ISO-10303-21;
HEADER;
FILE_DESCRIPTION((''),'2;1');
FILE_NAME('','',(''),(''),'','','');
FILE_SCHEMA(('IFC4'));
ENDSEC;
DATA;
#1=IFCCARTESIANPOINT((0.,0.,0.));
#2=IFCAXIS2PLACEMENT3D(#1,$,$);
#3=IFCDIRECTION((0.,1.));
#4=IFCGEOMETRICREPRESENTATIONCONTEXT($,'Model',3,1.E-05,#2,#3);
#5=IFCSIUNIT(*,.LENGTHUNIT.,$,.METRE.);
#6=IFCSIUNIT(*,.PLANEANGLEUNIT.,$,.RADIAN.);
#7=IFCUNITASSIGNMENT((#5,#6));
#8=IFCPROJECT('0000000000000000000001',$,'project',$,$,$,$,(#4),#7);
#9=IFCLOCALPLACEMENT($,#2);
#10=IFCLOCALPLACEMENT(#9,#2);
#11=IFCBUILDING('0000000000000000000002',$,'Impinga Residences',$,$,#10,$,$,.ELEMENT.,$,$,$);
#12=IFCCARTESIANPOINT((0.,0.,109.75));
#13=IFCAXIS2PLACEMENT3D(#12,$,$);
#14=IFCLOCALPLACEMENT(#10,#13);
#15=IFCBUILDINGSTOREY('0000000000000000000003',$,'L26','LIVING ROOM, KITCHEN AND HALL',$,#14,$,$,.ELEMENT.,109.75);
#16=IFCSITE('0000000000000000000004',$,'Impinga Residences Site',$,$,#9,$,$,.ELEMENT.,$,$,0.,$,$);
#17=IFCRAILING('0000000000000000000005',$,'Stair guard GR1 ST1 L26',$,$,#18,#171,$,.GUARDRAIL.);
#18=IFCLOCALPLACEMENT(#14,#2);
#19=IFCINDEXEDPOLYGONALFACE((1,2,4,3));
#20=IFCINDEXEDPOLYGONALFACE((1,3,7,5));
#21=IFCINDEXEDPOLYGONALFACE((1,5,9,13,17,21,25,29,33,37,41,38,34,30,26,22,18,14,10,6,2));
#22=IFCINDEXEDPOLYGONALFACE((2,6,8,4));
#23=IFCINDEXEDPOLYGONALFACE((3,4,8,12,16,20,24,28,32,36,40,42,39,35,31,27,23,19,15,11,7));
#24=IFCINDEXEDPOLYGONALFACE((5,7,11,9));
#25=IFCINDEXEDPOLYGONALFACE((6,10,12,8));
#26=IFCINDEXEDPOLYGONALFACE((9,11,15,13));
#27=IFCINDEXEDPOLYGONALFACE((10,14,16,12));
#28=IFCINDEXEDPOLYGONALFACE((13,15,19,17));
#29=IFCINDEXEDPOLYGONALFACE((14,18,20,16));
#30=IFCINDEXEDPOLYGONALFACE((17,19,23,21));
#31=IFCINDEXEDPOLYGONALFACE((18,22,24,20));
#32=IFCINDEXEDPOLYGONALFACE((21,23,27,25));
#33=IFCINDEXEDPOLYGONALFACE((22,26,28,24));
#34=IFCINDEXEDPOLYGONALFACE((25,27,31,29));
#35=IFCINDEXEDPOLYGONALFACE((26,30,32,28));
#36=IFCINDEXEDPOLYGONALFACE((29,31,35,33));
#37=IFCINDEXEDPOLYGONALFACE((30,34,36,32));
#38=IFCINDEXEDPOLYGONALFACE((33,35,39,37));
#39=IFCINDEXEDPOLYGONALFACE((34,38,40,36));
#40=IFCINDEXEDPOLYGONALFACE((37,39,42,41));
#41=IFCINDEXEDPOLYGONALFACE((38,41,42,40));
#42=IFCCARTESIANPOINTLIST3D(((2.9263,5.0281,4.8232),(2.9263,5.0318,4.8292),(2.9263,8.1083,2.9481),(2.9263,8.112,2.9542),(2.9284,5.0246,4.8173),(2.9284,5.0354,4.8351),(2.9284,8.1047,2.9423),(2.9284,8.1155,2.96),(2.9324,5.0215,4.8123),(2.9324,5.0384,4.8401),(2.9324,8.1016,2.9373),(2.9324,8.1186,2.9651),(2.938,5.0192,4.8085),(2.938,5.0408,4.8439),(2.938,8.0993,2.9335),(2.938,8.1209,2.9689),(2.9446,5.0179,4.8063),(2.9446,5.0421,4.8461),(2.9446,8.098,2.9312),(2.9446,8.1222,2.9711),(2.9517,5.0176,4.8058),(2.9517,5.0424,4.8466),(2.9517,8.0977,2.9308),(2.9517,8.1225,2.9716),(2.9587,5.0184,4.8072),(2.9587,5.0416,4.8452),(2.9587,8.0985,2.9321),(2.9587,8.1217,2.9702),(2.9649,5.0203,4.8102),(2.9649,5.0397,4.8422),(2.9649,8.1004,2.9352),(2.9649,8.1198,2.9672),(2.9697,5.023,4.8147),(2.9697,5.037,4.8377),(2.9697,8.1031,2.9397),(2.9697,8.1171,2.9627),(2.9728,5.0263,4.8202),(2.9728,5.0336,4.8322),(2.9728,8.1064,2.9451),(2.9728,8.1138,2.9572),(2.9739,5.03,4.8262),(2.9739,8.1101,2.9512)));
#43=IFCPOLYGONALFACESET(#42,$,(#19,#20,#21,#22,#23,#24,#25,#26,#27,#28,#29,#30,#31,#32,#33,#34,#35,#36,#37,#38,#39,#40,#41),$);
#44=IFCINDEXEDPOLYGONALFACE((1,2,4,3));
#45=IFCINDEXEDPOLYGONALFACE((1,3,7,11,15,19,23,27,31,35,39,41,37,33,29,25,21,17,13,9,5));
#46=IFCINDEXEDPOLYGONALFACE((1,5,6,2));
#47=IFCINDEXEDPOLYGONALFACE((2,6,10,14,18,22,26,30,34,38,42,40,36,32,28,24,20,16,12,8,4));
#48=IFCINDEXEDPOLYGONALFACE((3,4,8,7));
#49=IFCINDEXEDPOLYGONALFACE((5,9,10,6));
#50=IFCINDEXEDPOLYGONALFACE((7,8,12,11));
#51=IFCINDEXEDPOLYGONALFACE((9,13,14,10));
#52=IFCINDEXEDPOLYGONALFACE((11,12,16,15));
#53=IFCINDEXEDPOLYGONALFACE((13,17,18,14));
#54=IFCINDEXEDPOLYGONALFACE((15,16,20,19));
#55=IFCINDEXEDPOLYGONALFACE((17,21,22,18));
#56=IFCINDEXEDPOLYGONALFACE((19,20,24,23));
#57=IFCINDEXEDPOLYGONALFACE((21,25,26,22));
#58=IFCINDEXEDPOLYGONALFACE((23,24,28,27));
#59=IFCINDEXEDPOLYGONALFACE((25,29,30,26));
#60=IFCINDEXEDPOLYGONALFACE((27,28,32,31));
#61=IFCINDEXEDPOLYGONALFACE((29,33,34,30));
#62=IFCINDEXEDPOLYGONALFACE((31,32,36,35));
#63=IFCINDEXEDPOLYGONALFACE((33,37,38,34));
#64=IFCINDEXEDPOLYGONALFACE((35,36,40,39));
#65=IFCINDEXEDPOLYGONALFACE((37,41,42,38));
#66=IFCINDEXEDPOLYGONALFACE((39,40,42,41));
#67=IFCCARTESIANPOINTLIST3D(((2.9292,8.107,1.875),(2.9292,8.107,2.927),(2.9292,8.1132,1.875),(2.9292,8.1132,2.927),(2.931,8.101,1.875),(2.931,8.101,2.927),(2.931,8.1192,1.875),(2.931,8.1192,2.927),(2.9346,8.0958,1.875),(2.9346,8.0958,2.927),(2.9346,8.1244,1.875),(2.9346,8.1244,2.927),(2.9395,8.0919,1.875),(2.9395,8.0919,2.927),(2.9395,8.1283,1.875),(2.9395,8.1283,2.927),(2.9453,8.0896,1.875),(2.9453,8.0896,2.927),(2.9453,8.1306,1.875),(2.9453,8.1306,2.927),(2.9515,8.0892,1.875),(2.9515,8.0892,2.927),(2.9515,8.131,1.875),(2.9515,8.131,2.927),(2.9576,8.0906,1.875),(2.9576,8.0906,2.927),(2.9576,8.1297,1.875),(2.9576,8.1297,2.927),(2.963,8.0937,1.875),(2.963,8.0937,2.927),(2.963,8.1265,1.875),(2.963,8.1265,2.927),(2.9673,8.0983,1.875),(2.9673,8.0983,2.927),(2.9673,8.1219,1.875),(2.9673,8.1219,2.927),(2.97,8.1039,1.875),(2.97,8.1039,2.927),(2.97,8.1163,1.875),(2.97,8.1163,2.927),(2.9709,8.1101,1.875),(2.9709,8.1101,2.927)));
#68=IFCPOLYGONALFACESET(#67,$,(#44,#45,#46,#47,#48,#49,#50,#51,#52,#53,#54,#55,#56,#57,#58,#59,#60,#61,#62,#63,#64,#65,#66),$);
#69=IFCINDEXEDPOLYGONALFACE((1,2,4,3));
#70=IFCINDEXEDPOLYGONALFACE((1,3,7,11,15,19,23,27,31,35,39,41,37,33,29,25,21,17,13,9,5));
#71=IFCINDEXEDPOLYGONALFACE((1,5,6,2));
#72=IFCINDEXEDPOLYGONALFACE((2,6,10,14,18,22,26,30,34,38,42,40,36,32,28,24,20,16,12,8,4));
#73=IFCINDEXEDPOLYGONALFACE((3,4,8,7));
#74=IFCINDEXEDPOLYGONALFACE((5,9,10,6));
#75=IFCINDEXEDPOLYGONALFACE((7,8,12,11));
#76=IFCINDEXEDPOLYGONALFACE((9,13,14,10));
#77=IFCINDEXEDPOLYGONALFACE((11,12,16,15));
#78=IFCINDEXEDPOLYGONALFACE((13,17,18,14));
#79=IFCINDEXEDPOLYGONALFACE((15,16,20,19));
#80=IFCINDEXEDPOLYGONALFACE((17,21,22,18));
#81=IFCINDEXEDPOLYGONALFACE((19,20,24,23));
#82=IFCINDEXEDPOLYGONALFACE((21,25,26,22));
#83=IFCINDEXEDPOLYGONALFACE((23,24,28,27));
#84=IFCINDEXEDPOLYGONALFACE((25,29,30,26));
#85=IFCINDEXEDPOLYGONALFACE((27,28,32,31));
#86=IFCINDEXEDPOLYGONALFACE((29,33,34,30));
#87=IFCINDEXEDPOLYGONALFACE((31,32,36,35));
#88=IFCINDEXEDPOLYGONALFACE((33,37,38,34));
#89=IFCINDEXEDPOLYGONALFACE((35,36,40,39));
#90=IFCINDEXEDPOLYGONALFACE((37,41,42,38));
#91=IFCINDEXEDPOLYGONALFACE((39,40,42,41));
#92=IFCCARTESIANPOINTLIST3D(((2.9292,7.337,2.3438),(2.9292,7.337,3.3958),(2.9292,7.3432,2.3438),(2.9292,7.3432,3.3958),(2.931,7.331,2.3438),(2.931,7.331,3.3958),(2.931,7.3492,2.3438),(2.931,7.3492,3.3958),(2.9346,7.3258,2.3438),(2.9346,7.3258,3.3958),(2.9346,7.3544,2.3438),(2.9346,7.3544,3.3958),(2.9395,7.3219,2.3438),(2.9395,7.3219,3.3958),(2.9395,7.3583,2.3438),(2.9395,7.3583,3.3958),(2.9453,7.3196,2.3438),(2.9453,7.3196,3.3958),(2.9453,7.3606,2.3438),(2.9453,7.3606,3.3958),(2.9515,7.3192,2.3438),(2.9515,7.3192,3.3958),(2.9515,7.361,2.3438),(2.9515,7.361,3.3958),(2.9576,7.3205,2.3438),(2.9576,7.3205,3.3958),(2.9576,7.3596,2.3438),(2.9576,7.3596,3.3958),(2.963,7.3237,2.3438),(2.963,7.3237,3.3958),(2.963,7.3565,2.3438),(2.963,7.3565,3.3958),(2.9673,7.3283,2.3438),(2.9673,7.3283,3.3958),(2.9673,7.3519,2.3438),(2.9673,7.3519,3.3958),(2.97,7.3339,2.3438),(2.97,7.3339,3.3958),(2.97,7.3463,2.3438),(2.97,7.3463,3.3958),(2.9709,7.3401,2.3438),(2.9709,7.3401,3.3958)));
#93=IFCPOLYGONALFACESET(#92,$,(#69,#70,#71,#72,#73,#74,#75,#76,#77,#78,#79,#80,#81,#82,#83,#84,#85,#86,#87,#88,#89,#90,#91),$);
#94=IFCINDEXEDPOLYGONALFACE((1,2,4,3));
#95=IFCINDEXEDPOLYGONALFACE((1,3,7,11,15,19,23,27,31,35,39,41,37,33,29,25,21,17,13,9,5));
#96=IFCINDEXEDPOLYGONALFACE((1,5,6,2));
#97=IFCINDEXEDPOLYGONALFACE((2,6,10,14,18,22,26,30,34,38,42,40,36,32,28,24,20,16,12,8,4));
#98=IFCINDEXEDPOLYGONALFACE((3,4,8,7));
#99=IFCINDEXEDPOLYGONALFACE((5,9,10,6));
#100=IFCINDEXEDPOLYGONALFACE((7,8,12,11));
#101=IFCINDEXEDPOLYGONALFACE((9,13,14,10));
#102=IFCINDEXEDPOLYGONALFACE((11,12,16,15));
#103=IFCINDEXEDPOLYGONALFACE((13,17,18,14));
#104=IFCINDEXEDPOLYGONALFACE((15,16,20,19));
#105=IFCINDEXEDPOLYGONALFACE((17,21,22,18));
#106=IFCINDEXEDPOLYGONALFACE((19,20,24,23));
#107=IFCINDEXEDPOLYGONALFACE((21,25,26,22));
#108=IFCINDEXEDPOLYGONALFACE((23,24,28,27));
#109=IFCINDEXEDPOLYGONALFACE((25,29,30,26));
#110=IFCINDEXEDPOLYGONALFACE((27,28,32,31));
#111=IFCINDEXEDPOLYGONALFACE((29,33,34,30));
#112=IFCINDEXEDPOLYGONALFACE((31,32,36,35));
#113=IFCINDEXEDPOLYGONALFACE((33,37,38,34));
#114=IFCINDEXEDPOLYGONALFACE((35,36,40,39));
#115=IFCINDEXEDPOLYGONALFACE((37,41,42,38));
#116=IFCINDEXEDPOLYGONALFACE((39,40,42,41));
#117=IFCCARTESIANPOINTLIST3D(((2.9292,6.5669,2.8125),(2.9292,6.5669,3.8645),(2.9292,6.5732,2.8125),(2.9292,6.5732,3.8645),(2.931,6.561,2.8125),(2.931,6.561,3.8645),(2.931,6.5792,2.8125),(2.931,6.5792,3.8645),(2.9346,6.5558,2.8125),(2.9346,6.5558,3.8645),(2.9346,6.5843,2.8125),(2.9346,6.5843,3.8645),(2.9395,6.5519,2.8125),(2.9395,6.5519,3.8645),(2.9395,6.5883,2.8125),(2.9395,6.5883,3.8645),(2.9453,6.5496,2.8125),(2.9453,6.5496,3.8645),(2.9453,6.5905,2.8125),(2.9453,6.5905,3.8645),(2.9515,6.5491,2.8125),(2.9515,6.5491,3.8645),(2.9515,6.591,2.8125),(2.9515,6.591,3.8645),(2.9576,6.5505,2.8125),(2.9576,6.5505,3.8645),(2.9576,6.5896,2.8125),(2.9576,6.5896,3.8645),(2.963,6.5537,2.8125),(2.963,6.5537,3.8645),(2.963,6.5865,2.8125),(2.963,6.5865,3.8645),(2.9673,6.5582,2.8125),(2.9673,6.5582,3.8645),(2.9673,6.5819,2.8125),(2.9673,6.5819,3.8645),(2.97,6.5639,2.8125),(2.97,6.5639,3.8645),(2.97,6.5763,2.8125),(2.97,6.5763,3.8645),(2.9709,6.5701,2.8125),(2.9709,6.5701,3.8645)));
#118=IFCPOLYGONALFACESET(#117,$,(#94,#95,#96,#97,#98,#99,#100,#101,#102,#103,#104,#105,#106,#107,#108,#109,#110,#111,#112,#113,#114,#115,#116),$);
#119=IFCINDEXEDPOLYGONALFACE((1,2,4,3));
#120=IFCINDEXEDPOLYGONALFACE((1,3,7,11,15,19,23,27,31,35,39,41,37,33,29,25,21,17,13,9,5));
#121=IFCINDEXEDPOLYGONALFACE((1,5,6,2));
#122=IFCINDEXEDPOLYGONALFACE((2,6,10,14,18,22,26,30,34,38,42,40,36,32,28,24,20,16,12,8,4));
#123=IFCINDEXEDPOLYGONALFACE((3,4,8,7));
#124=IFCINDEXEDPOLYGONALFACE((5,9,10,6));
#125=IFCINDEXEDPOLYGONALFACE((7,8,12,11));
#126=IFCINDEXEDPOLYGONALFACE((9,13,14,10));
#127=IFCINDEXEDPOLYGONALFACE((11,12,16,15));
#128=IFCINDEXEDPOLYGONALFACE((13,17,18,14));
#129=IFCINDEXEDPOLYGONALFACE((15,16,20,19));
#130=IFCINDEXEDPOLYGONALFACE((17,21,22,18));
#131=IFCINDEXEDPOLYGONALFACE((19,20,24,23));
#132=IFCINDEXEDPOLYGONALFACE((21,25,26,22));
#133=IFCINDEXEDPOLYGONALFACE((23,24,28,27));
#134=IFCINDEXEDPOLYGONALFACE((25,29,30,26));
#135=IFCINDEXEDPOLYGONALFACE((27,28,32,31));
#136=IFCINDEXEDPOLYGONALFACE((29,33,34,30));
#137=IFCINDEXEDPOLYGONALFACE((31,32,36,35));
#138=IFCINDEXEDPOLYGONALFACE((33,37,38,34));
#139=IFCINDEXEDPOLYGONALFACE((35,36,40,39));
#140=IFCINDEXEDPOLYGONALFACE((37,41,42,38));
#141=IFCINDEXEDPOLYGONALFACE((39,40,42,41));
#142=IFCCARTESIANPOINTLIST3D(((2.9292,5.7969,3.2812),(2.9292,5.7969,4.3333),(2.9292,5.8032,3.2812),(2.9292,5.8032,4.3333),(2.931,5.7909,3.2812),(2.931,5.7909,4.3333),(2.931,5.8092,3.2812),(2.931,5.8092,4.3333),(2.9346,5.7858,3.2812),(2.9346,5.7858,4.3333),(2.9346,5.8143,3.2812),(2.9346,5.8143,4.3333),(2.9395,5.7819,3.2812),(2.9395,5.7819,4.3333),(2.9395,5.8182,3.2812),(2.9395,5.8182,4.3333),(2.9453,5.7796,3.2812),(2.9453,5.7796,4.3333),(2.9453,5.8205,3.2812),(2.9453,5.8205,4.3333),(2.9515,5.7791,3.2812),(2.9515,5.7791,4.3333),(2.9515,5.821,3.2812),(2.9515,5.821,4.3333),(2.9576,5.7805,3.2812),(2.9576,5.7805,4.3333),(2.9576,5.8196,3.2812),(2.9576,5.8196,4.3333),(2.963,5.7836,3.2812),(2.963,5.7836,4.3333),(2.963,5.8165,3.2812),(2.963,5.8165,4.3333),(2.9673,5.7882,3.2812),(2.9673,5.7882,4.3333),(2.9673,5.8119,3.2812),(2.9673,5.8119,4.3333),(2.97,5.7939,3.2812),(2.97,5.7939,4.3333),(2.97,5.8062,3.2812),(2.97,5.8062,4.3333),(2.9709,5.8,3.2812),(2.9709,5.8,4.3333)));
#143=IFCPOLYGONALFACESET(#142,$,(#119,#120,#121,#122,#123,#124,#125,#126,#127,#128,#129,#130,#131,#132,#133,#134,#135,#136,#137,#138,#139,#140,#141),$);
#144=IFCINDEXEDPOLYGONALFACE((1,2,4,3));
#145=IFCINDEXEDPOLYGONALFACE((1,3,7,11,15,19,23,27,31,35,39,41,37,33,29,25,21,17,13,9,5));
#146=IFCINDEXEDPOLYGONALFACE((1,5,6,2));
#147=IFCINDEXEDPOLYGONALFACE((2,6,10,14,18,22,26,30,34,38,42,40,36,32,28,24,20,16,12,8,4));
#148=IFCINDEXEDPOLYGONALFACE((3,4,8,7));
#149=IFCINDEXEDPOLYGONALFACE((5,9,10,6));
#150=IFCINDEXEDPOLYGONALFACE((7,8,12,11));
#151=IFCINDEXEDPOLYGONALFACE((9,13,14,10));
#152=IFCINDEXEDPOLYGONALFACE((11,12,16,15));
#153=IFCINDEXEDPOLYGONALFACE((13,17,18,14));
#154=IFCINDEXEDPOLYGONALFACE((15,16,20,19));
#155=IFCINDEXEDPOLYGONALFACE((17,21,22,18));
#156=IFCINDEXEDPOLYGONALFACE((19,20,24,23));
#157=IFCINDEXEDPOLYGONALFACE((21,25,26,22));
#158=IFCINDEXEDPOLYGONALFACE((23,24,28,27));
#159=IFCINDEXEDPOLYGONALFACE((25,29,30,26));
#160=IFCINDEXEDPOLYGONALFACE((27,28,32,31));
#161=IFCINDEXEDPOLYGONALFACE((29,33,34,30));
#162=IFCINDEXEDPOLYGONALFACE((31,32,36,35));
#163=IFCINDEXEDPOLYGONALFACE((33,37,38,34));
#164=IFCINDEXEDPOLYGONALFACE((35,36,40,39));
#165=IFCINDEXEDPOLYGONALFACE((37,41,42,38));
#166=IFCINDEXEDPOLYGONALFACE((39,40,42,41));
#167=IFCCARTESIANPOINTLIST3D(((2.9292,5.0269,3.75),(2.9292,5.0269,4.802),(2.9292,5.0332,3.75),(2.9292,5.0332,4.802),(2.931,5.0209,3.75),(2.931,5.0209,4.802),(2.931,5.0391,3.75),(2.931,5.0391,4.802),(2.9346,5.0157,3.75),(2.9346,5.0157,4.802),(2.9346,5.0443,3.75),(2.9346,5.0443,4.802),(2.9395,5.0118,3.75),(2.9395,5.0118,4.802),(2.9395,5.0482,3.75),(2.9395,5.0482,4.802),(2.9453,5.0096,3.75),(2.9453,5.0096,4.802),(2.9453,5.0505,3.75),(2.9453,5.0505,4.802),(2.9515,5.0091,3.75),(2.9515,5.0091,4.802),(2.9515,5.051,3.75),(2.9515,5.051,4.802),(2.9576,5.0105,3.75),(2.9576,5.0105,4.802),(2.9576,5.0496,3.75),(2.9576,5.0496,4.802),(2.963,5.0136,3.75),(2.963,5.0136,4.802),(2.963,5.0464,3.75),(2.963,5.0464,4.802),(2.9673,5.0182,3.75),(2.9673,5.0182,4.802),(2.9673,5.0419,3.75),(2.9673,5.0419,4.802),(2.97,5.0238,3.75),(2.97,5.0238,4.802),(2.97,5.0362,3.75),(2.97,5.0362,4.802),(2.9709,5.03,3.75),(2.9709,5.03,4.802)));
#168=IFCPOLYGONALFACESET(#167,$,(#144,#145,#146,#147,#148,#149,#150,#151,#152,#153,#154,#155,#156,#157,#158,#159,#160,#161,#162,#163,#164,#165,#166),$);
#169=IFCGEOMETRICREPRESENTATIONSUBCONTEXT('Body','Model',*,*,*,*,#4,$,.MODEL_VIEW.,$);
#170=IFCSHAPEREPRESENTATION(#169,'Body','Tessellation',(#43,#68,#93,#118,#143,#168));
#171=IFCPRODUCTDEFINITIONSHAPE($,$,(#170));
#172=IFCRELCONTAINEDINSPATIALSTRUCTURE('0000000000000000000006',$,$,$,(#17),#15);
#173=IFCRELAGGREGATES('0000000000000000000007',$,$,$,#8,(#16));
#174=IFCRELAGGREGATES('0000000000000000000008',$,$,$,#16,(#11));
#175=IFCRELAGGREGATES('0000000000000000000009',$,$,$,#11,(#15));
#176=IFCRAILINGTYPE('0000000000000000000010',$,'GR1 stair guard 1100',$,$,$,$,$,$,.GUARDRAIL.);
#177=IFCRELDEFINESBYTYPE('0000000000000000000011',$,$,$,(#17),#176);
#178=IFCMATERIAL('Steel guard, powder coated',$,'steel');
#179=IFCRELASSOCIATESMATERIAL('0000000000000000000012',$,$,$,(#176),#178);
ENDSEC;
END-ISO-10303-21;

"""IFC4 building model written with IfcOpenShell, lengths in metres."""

from ifc_helpers import new_model, si_unit, direction, frame, origin, origin_2d, place, context, subcontext, project, spatial, circle, extrude, material, type_object, element, save


model = new_model("IFC4")

# Units and contexts
model_context = context("Model", 3, precision=1e-05, world=origin(), true_north=direction((0.0, 1.0)))
body_context = subcontext(model_context, "Body", "Model", "MODEL_VIEW")
ifc_project = project(units=[si_unit("LENGTHUNIT", "METRE"), si_unit("PLANEANGLEUNIT", "RADIAN")], contexts=[model_context])

# Site, building, storey
site_placement = place(None, origin())
site = spatial("IfcSite", under=ifc_project, at=site_placement, Name="Impinga Residences Site", CompositionType="ELEMENT", RefElevation=0.0)
building_placement = place(site_placement, origin())
building = spatial("IfcBuilding", under=site, at=building_placement, Name="Impinga Residences", CompositionType="ELEMENT")
storey_placement = place(building_placement, frame((0.0, 0.0, 109.75)))
storey = spatial("IfcBuildingStorey", under=building, at=storey_placement, Name="L26", Description="LIVING ROOM, KITCHEN AND HALL", CompositionType="ELEMENT", Elevation=109.75)

# Railing
ifc_material_1 = material(Name="Steel guard, powder coated", Category="steel")
railing_type_1 = type_object("IfcRailingType", Name="GR1 stair guard 1100", PredefinedType="GUARDRAIL", material=ifc_material_1)
railing_1_placement = place(storey_placement, frame((2.95, 8.1101, 1.875)))
element("IfcRailing", 1, at=railing_1_placement, inside=storey, type_object=railing_type_1, Name="Stair guard GR1 ST1 L26", PredefinedType="GUARDRAIL", context=body_context, shape_type="SweptSolid", body=[
    extrude(circle(Radius=0.0239, at=origin_2d()), frame((0.0, 0.0, 1.0762), z_axis=(0.0, -0.854178, 0.519981), x_axis=(1.0, 0.0, 0.0)), (0.0, 0.0, 1.0), 3.606),
    extrude(circle(Radius=0.021, at=origin_2d()), origin(), (0.0, 0.0, 1.0), 1.052),
    extrude(circle(Radius=0.021, at=origin_2d()), frame((0.0, -0.77, 0.4688)), (0.0, 0.0, 1.0), 1.052),
    extrude(circle(Radius=0.021, at=origin_2d()), frame((0.0, -1.54, 0.9375)), (0.0, 0.0, 1.0), 1.052),
    extrude(circle(Radius=0.021, at=origin_2d()), frame((0.0, -2.3101, 1.4062)), (0.0, 0.0, 1.0), 1.052),
    extrude(circle(Radius=0.021, at=origin_2d()), frame((0.0, -3.0801, 1.875)), (0.0, 0.0, 1.0), 1.052),
])

save(model, "model.ifc")
